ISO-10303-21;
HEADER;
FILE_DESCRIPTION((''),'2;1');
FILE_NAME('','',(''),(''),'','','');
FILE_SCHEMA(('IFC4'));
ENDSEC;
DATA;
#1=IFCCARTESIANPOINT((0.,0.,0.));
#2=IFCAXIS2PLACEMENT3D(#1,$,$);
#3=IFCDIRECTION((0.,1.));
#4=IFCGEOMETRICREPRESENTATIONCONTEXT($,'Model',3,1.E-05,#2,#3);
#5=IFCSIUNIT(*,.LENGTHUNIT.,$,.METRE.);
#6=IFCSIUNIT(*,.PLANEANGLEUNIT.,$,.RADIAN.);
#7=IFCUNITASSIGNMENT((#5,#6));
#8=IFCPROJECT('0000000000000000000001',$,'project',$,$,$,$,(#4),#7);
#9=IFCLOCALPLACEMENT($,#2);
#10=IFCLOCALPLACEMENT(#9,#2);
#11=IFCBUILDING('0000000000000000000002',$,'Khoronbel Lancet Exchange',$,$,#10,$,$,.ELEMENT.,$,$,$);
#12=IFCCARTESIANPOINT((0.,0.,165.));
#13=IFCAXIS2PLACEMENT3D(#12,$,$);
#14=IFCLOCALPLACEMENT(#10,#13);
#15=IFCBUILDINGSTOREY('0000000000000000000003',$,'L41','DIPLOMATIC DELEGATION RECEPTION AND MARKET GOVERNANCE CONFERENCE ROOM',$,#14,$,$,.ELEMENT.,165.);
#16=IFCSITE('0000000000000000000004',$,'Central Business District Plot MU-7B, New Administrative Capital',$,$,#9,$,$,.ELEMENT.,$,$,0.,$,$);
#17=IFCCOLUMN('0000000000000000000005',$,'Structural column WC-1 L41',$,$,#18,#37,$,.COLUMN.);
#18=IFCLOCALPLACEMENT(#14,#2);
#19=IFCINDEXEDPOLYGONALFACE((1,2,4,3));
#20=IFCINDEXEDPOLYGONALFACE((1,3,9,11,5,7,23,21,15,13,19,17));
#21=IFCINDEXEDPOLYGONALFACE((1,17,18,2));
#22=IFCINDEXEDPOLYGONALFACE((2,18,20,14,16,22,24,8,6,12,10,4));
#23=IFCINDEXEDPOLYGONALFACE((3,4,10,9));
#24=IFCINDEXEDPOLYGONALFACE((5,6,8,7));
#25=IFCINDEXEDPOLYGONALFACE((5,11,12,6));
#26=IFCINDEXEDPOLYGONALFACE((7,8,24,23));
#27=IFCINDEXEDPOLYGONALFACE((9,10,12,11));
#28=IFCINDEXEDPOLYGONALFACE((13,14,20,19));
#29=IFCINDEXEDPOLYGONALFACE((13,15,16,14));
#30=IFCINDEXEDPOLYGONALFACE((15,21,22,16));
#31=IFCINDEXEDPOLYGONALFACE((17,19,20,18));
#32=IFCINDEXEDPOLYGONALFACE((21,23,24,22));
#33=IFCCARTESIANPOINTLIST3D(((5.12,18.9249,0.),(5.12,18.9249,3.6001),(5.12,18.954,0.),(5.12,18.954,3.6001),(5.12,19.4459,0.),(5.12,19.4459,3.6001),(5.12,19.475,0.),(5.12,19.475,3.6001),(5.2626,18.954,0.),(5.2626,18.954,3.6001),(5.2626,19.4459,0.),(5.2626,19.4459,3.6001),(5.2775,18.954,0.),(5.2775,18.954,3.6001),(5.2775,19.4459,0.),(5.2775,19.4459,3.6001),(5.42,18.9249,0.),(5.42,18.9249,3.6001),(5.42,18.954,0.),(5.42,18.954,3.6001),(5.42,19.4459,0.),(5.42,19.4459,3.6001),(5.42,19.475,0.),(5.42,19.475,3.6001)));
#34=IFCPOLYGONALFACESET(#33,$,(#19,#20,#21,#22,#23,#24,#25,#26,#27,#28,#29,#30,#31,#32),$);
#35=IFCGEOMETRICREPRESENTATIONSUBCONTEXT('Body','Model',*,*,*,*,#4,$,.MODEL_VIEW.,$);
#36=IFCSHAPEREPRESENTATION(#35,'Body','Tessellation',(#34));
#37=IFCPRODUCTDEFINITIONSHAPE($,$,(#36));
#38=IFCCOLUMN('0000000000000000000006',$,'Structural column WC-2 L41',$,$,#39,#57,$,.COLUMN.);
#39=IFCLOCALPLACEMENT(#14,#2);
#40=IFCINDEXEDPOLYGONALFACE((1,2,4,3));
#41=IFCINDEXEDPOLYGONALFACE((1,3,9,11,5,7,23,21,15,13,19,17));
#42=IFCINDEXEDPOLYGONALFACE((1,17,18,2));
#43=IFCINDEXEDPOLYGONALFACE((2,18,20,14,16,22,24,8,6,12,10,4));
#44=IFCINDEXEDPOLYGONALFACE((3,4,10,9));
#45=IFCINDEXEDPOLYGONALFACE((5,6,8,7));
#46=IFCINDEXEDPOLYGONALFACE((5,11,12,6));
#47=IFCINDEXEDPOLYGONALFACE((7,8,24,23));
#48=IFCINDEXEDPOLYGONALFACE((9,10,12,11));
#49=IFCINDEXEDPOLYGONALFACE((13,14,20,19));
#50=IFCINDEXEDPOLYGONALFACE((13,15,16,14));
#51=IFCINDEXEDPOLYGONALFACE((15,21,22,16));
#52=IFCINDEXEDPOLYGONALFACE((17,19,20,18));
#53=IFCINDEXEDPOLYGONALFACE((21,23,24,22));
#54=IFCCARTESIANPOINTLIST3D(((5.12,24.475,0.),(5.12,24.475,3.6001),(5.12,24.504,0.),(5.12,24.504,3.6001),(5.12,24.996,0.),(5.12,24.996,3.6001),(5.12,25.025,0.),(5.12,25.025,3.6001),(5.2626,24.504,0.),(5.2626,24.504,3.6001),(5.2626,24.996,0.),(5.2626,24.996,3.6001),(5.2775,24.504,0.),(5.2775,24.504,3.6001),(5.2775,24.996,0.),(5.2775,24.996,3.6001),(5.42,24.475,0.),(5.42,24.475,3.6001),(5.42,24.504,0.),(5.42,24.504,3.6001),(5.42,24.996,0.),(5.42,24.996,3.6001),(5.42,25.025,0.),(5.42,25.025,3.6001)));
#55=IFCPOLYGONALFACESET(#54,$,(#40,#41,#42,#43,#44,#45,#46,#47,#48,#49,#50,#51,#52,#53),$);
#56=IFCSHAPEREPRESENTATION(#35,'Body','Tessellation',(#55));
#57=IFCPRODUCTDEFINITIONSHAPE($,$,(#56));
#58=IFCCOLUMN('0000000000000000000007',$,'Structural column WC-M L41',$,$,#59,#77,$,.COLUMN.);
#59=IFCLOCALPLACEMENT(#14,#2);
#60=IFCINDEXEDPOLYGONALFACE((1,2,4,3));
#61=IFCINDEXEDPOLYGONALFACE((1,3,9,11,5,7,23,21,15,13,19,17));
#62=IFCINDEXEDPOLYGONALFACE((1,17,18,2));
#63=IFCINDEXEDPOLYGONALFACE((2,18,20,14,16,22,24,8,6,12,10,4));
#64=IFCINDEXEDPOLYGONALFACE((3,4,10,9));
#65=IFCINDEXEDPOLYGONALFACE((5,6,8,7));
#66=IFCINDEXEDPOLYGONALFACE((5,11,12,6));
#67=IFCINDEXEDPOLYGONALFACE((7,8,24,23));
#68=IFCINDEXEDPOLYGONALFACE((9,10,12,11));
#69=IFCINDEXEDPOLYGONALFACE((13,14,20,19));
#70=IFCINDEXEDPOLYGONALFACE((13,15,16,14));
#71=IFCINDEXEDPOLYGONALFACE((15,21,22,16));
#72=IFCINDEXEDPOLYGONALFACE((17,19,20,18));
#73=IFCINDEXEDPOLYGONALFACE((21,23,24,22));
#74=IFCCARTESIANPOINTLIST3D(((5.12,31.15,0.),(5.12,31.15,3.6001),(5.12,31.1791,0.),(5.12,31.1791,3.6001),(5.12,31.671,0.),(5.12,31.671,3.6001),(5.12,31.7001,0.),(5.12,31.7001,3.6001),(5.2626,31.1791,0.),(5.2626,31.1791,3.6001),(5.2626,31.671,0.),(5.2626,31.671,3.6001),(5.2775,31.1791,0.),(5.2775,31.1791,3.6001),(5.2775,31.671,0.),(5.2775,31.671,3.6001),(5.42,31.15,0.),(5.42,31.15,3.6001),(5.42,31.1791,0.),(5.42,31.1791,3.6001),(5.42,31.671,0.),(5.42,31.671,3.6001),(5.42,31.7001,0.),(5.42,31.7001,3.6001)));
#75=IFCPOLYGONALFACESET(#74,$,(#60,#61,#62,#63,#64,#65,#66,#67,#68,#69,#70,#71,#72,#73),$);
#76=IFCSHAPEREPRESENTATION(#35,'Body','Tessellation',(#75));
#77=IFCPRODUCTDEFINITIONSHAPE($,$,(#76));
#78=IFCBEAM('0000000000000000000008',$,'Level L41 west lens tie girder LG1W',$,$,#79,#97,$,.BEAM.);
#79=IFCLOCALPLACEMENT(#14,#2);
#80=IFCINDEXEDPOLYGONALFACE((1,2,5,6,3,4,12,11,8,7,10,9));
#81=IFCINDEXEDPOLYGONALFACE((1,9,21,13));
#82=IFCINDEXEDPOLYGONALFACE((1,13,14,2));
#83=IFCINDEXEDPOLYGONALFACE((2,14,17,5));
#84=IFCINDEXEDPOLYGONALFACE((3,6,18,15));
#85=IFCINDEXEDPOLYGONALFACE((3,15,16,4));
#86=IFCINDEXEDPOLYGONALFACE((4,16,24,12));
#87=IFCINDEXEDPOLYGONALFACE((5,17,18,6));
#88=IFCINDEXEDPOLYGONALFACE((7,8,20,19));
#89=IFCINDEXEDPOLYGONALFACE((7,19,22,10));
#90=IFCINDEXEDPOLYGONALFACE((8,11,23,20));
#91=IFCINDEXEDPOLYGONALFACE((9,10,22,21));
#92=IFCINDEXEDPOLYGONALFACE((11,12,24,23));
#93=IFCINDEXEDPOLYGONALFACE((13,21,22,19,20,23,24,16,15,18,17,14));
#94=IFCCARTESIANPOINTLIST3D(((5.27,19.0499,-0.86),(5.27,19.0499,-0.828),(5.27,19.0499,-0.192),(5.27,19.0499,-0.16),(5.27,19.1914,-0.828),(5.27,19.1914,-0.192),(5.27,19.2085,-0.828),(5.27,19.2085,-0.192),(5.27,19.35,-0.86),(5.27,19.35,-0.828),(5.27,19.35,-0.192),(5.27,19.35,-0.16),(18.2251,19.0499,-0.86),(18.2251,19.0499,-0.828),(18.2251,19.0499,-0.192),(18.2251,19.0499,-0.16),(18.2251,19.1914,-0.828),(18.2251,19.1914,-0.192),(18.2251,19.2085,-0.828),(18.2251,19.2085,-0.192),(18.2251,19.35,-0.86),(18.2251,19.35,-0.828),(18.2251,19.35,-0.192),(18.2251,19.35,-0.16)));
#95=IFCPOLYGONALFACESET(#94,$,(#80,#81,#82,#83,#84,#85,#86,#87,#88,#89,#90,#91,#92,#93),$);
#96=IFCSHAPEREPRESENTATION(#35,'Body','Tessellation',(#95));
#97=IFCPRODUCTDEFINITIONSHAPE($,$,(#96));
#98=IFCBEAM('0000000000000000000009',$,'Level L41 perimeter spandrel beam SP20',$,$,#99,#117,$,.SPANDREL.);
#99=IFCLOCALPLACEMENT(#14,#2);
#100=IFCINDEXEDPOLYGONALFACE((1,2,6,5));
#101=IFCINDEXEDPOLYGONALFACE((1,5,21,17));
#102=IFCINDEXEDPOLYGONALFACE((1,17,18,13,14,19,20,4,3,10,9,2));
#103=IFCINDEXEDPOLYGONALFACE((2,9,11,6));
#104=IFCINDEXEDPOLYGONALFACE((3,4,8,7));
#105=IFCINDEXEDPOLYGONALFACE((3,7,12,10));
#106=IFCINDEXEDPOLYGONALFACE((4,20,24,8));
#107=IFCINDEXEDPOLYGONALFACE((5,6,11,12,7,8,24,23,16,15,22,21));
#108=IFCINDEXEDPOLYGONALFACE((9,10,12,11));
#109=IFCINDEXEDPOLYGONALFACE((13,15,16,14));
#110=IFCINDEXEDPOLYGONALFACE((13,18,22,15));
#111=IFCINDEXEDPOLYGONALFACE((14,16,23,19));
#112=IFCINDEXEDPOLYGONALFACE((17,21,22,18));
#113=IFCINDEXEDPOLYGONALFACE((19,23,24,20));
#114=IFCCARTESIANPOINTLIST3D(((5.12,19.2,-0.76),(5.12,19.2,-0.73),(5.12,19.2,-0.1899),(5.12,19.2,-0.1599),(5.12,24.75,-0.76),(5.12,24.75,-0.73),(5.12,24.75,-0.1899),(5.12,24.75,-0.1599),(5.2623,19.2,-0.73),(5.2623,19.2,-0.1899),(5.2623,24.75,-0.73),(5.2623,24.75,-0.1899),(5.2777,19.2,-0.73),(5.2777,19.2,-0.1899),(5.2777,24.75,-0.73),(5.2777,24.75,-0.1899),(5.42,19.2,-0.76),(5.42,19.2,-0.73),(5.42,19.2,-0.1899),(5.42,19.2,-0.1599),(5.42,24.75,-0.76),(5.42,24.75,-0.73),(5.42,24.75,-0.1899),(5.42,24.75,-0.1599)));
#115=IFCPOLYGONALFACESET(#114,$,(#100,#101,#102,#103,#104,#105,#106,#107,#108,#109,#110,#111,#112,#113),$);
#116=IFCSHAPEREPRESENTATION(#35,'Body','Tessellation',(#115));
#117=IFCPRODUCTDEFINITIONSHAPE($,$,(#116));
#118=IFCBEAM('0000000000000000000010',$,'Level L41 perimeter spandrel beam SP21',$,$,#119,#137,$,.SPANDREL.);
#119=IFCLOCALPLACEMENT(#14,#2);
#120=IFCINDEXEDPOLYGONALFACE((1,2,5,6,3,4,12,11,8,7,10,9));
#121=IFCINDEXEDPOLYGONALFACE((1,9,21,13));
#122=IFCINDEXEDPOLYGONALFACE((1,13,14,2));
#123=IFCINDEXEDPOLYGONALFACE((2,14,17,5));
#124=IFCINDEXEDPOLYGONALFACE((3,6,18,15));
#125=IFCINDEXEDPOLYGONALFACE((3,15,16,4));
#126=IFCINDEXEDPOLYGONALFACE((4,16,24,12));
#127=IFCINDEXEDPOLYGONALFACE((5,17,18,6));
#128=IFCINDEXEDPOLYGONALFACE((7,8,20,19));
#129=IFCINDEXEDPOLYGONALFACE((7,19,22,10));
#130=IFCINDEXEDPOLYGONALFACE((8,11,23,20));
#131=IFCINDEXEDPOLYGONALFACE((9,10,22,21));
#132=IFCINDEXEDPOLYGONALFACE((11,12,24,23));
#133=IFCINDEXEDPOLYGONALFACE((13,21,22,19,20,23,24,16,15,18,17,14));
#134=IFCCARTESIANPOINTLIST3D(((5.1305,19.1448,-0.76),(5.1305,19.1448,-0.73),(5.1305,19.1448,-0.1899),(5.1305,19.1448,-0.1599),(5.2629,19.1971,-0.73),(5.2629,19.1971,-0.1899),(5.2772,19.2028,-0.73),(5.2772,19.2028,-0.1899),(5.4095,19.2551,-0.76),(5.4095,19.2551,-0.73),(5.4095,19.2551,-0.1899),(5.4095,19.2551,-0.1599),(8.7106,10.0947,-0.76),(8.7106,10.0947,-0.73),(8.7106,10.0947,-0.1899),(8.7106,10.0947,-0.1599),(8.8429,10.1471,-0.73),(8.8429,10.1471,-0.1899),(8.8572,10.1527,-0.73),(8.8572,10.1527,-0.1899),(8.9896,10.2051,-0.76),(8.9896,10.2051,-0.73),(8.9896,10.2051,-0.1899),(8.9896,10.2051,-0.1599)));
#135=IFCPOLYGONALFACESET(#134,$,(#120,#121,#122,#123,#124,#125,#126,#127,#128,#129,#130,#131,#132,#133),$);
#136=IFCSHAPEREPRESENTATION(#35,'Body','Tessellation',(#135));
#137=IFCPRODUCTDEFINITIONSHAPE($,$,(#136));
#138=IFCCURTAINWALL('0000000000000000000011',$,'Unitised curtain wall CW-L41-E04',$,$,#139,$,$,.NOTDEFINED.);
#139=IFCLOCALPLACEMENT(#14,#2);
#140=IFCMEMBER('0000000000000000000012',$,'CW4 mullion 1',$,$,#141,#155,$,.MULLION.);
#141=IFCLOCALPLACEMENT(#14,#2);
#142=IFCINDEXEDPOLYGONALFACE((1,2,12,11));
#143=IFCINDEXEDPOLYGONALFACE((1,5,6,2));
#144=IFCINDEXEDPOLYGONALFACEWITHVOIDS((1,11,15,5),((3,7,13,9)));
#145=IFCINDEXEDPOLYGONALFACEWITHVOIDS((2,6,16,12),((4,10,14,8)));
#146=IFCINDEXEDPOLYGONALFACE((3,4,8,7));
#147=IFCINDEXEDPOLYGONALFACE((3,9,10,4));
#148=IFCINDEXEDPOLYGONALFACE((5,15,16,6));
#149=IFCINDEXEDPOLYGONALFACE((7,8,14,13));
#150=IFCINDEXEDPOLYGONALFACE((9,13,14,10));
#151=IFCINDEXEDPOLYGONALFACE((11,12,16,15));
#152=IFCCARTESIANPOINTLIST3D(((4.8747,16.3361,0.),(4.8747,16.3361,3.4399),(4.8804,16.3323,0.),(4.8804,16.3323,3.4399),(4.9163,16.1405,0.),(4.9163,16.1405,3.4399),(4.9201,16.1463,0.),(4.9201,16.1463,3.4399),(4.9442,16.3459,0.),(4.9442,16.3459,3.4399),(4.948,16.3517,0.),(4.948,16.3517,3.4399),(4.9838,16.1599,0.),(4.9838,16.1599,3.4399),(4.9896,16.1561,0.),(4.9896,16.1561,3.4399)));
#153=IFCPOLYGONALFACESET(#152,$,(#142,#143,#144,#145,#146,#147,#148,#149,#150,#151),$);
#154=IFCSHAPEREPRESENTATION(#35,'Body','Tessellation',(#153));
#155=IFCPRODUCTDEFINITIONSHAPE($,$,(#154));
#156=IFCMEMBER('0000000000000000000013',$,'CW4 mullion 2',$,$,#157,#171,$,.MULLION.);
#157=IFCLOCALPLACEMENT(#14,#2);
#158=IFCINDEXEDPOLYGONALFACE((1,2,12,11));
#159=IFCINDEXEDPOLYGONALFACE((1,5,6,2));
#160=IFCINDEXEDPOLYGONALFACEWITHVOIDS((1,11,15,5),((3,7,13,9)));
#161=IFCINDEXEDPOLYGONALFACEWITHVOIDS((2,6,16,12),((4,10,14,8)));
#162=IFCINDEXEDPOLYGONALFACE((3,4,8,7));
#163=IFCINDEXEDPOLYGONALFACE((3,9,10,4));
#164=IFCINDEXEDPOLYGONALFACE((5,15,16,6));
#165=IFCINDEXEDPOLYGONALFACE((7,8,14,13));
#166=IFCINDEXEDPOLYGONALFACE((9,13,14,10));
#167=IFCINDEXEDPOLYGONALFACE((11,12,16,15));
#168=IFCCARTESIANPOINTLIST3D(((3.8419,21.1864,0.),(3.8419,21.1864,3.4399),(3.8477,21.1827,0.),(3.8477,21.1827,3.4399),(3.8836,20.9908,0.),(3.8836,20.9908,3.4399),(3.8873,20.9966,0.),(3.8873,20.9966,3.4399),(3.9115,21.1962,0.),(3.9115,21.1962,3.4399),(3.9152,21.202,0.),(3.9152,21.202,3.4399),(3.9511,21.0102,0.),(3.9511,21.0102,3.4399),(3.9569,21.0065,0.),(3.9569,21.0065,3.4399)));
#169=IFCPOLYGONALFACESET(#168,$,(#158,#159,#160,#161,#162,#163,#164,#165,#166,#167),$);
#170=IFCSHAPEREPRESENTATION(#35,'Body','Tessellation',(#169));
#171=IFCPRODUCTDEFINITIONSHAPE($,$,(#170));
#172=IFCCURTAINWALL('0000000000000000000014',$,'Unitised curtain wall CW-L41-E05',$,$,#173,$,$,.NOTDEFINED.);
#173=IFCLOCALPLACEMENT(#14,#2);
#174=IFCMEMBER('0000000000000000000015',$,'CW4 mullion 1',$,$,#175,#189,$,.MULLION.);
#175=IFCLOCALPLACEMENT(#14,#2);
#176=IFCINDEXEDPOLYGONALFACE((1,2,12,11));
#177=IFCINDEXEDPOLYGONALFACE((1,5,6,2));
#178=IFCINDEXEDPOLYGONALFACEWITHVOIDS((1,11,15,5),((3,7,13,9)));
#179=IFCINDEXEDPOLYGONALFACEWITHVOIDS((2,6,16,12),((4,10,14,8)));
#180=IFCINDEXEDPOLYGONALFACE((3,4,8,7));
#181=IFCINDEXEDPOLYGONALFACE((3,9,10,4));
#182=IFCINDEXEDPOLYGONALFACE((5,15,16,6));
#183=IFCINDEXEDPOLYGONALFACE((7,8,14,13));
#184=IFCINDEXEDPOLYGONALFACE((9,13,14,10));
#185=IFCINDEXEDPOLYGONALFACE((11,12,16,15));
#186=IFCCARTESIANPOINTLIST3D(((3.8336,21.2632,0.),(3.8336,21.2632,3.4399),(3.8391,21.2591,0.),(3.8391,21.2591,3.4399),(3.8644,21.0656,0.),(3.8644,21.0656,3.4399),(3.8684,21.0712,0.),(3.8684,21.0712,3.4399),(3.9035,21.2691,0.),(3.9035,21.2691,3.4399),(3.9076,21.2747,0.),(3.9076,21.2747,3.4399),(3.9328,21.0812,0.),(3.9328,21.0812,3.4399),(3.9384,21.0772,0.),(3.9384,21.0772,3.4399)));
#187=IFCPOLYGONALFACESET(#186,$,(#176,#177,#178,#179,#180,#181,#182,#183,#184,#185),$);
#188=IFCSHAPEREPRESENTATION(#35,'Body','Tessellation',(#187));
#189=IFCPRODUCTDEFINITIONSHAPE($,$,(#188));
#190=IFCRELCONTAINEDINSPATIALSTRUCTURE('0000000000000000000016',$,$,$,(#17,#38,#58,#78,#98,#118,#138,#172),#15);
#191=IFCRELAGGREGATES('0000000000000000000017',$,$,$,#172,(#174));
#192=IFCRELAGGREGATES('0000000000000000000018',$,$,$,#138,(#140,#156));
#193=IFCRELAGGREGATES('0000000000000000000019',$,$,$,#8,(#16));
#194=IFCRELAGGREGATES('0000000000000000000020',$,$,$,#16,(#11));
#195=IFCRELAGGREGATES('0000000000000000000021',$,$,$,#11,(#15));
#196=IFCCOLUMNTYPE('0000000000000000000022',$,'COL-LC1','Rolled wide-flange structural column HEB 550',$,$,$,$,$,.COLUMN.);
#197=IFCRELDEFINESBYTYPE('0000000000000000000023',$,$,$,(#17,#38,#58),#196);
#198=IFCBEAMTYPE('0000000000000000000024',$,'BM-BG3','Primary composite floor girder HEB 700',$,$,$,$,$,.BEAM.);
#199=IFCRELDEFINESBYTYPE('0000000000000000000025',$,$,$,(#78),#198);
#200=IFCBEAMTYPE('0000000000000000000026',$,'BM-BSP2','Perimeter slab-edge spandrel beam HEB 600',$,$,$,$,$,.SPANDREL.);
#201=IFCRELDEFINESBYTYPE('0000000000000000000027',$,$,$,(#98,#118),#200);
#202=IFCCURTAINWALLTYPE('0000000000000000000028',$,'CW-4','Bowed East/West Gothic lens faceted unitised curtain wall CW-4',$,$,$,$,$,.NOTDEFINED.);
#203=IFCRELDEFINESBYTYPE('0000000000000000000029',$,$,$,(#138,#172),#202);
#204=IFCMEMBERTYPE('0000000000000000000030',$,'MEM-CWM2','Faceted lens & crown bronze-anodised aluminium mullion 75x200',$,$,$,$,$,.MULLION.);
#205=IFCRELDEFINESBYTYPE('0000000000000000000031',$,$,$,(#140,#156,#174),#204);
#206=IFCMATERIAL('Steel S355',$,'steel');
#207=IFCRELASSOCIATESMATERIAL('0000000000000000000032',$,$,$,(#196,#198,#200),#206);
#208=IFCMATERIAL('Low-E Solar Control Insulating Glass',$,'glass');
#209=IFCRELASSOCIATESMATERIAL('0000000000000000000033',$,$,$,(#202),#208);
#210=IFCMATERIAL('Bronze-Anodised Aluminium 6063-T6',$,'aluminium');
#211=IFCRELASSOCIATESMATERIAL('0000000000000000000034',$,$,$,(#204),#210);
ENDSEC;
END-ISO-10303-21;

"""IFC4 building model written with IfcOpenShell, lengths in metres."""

from ifc_helpers import new_model, si_unit, direction, frame, origin, origin_2d, place, context, subcontext, project, spatial, hollow_rectangle, i_section, extrude, material, material_profile, profile_set, type_object, element, aggregate, save


model = new_model("IFC4")

# Units and contexts
model_context = context("Model", 3, precision=1e-05, world=origin(), true_north=direction((0.0, 1.0)))
body_context = subcontext(model_context, "Body", "Model", "MODEL_VIEW")
ifc_project = project(units=[si_unit("LENGTHUNIT", "METRE"), si_unit("PLANEANGLEUNIT", "RADIAN")], contexts=[model_context])

# Site, building, storey
site_placement = place(None, origin())
site = spatial("IfcSite", under=ifc_project, at=site_placement, Name="Central Business District Plot MU-7B, New Administrative Capital", CompositionType="ELEMENT", RefElevation=0.0)
building_placement = place(site_placement, origin())
building = spatial("IfcBuilding", under=site, at=building_placement, Name="Khoronbel Lancet Exchange", CompositionType="ELEMENT")
storey_placement = place(building_placement, frame((0.0, 0.0, 165.0)))
storey = spatial("IfcBuildingStorey", under=building, at=storey_placement, Name="L41", Description="DIPLOMATIC DELEGATION RECEPTION AND MARKET GOVERNANCE CONFERENCE ROOM", CompositionType="ELEMENT", Elevation=165.0)

# Columns
ifc_material_1 = material(Name="Steel S355", Category="steel")
ifc_material_profile_1 = material_profile(ifc_material_1, i_section(OverallWidth=0.3, OverallDepth=0.55, WebThickness=0.0149, FlangeThickness=0.0291, at=origin_2d()), Name="HEB 550")
ifc_profile_set_1 = profile_set([ifc_material_profile_1], Name="Steel S355")
column_type = type_object("IfcColumnType", Name="COL-LC1", Description="Rolled wide-flange structural column HEB 550", PredefinedType="COLUMN", material=ifc_profile_set_1)
for number, where, z_axis, x_axis, name in (
    (1, (5.27, 19.2, 0.0), (0.0, 0.0, 1.0), (1.0, 0.0, 0.0), "Structural column WC-1 L41"),
    (2, (5.27, 24.75, 0.0), (0.0, 0.0, 1.0), (1.0, 0.0, 0.0), "Structural column WC-2 L41"),
    (3, (5.27, 31.425, 0.0), (0.0, 0.0, 1.0), (1.0, 0.0, 0.0), "Structural column WC-M L41"),
):
    element("IfcColumn", number, at=place(storey_placement, frame(where, z_axis=z_axis, x_axis=x_axis)), inside=storey, type_object=column_type, Name=name, PredefinedType="COLUMN", context=body_context, shape_type="SweptSolid", body=[
        extrude(i_section(OverallWidth=0.3, OverallDepth=0.55, WebThickness=0.0149, FlangeThickness=0.0291, at=origin_2d()), origin(), (0.0, 0.0, 1.0), 3.6001),
    ])

# Beams
ifc_material_profile_2 = material_profile(ifc_material_1, i_section(OverallWidth=0.3, OverallDepth=0.7, WebThickness=0.0171, FlangeThickness=0.032, at=origin_2d()), Name="HEB 700")
ifc_profile_set_2 = profile_set([ifc_material_profile_2], Name="Steel S355")
beam_type_1 = type_object("IfcBeamType", Name="BM-BG3", Description="Primary composite floor girder HEB 700", PredefinedType="BEAM", material=ifc_profile_set_2)
beam_1_placement = place(storey_placement, frame((5.27, 19.2, -0.51), z_axis=(1.0, 0.0, 0.0), x_axis=(0.0, 1.0, 0.0)))
element("IfcBeam", 4, at=beam_1_placement, inside=storey, type_object=beam_type_1, Name="Level L41 west lens tie girder LG1W", PredefinedType="BEAM", context=body_context, shape_type="SweptSolid", body=[
    extrude(i_section(OverallWidth=0.3, OverallDepth=0.7, WebThickness=0.0171, FlangeThickness=0.032, at=origin_2d()), origin(), (0.0, 0.0, 1.0), 12.9551),
])
ifc_material_profile_3 = material_profile(ifc_material_1, i_section(OverallWidth=0.3, OverallDepth=0.6001, WebThickness=0.0154, FlangeThickness=0.03, at=origin_2d()), Name="HEB 600")
ifc_profile_set_3 = profile_set([ifc_material_profile_3], Name="Steel S355")
beam_type_2 = type_object("IfcBeamType", Name="BM-BSP2", Description="Perimeter slab-edge spandrel beam HEB 600", PredefinedType="SPANDREL", material=ifc_profile_set_3)
beam_2_placement = place(storey_placement, frame((5.27, 24.75, -0.46), z_axis=(0.0, -1.0, 0.0), x_axis=(1.0, 0.0, 0.0)))
element("IfcBeam", 5, at=beam_2_placement, inside=storey, type_object=beam_type_2, Name="Level L41 perimeter spandrel beam SP20", PredefinedType="SPANDREL", context=body_context, shape_type="SweptSolid", body=[
    extrude(i_section(OverallWidth=0.3, OverallDepth=0.6001, WebThickness=0.0154, FlangeThickness=0.03, at=origin_2d()), origin(), (0.0, 0.0, 1.0), 5.55),
])
beam_3_placement = place(storey_placement, frame((5.27, 19.2, -0.46), z_axis=(0.36785, -0.929885, 0.0), x_axis=(0.929885, 0.36785, 0.0)))
element("IfcBeam", 6, at=beam_3_placement, inside=storey, type_object=beam_type_2, Name="Level L41 perimeter spandrel beam SP21", PredefinedType="SPANDREL", context=body_context, shape_type="SweptSolid", body=[
    extrude(i_section(OverallWidth=0.3, OverallDepth=0.6001, WebThickness=0.0154, FlangeThickness=0.03, at=origin_2d()), origin(), (0.0, 0.0, 1.0), 9.7324),
])

# Curtain walls, members
ifc_material_2 = material(Name="Low-E Solar Control Insulating Glass", Category="glass")
curtain_wall_type = type_object("IfcCurtainWallType", Name="CW-4", Description="Bowed East/West Gothic lens faceted unitised curtain wall CW-4", PredefinedType="NOTDEFINED", material=ifc_material_2)
curtain_wall_1_placement = place(storey_placement, origin())
curtain_wall_1 = element("IfcCurtainWall", 7, at=curtain_wall_1_placement, inside=storey, type_object=curtain_wall_type, Name="Unitised curtain wall CW-L41-E04", PredefinedType="NOTDEFINED")
ifc_material_3 = material(Name="Bronze-Anodised Aluminium 6063-T6", Category="aluminium")
ifc_material_profile_4 = material_profile(ifc_material_3, hollow_rectangle(XDim=0.075, YDim=0.2, WallThickness=0.0049, at=origin_2d()), Name="ALU MULLION 75x200")
ifc_profile_set_4 = profile_set([ifc_material_profile_4], Name="Bronze-Anodised Aluminium 6063-T6")
member_type_1 = type_object("IfcMemberType", Name="MEM-CWM2", Description="Faceted lens & crown bronze-anodised aluminium mullion 75x200", PredefinedType="MULLION", material=ifc_profile_set_4)
member_1_placement = place(storey_placement, frame((4.9321, 16.2461, 0.0), z_axis=(0.0, 0.0, 1.0), x_axis=(-0.978076, -0.20825, 0.0)))
member_1 = element("IfcMember", 8, at=member_1_placement, type_object=member_type_1, Name="CW4 mullion 1", PredefinedType="MULLION", context=body_context, shape_type="SweptSolid", body=[
    extrude(hollow_rectangle(XDim=0.075, YDim=0.2, WallThickness=0.0049, at=origin_2d()), origin(), (0.0, 0.0, 1.0), 3.4399),
])
member_2_placement = place(storey_placement, frame((3.8994, 21.0964, 0.0), z_axis=(0.0, 0.0, 1.0), x_axis=(-0.978076, -0.20825, 0.0)))
member_2 = element("IfcMember", 9, at=member_2_placement, type_object=member_type_1, Name="CW4 mullion 2", PredefinedType="MULLION", context=body_context, shape_type="SweptSolid", body=[
    extrude(hollow_rectangle(XDim=0.075, YDim=0.2, WallThickness=0.0049, at=origin_2d()), origin(), (0.0, 0.0, 1.0), 3.4399),
])
curtain_wall_2_placement = place(storey_placement, origin())
curtain_wall_2 = element("IfcCurtainWall", 10, at=curtain_wall_2_placement, inside=storey, type_object=curtain_wall_type, Name="Unitised curtain wall CW-L41-E05", PredefinedType="NOTDEFINED")
member_3_placement = place(storey_placement, frame((3.886, 21.1702, 0.0), z_axis=(0.0, 0.0, 1.0), x_axis=(-0.988069, -0.154012, 0.0)))
member_3 = element("IfcMember", 11, at=member_3_placement, type_object=member_type_1, Name="CW4 mullion 1", PredefinedType="MULLION", context=body_context, shape_type="SweptSolid", body=[
    extrude(hollow_rectangle(XDim=0.075, YDim=0.2, WallThickness=0.0049, at=origin_2d()), origin(), (0.0, 0.0, 1.0), 3.4399),
])

aggregate(curtain_wall_2, [member_3])
aggregate(curtain_wall_1, [member_1, member_2])

save(model, "model.ifc")
